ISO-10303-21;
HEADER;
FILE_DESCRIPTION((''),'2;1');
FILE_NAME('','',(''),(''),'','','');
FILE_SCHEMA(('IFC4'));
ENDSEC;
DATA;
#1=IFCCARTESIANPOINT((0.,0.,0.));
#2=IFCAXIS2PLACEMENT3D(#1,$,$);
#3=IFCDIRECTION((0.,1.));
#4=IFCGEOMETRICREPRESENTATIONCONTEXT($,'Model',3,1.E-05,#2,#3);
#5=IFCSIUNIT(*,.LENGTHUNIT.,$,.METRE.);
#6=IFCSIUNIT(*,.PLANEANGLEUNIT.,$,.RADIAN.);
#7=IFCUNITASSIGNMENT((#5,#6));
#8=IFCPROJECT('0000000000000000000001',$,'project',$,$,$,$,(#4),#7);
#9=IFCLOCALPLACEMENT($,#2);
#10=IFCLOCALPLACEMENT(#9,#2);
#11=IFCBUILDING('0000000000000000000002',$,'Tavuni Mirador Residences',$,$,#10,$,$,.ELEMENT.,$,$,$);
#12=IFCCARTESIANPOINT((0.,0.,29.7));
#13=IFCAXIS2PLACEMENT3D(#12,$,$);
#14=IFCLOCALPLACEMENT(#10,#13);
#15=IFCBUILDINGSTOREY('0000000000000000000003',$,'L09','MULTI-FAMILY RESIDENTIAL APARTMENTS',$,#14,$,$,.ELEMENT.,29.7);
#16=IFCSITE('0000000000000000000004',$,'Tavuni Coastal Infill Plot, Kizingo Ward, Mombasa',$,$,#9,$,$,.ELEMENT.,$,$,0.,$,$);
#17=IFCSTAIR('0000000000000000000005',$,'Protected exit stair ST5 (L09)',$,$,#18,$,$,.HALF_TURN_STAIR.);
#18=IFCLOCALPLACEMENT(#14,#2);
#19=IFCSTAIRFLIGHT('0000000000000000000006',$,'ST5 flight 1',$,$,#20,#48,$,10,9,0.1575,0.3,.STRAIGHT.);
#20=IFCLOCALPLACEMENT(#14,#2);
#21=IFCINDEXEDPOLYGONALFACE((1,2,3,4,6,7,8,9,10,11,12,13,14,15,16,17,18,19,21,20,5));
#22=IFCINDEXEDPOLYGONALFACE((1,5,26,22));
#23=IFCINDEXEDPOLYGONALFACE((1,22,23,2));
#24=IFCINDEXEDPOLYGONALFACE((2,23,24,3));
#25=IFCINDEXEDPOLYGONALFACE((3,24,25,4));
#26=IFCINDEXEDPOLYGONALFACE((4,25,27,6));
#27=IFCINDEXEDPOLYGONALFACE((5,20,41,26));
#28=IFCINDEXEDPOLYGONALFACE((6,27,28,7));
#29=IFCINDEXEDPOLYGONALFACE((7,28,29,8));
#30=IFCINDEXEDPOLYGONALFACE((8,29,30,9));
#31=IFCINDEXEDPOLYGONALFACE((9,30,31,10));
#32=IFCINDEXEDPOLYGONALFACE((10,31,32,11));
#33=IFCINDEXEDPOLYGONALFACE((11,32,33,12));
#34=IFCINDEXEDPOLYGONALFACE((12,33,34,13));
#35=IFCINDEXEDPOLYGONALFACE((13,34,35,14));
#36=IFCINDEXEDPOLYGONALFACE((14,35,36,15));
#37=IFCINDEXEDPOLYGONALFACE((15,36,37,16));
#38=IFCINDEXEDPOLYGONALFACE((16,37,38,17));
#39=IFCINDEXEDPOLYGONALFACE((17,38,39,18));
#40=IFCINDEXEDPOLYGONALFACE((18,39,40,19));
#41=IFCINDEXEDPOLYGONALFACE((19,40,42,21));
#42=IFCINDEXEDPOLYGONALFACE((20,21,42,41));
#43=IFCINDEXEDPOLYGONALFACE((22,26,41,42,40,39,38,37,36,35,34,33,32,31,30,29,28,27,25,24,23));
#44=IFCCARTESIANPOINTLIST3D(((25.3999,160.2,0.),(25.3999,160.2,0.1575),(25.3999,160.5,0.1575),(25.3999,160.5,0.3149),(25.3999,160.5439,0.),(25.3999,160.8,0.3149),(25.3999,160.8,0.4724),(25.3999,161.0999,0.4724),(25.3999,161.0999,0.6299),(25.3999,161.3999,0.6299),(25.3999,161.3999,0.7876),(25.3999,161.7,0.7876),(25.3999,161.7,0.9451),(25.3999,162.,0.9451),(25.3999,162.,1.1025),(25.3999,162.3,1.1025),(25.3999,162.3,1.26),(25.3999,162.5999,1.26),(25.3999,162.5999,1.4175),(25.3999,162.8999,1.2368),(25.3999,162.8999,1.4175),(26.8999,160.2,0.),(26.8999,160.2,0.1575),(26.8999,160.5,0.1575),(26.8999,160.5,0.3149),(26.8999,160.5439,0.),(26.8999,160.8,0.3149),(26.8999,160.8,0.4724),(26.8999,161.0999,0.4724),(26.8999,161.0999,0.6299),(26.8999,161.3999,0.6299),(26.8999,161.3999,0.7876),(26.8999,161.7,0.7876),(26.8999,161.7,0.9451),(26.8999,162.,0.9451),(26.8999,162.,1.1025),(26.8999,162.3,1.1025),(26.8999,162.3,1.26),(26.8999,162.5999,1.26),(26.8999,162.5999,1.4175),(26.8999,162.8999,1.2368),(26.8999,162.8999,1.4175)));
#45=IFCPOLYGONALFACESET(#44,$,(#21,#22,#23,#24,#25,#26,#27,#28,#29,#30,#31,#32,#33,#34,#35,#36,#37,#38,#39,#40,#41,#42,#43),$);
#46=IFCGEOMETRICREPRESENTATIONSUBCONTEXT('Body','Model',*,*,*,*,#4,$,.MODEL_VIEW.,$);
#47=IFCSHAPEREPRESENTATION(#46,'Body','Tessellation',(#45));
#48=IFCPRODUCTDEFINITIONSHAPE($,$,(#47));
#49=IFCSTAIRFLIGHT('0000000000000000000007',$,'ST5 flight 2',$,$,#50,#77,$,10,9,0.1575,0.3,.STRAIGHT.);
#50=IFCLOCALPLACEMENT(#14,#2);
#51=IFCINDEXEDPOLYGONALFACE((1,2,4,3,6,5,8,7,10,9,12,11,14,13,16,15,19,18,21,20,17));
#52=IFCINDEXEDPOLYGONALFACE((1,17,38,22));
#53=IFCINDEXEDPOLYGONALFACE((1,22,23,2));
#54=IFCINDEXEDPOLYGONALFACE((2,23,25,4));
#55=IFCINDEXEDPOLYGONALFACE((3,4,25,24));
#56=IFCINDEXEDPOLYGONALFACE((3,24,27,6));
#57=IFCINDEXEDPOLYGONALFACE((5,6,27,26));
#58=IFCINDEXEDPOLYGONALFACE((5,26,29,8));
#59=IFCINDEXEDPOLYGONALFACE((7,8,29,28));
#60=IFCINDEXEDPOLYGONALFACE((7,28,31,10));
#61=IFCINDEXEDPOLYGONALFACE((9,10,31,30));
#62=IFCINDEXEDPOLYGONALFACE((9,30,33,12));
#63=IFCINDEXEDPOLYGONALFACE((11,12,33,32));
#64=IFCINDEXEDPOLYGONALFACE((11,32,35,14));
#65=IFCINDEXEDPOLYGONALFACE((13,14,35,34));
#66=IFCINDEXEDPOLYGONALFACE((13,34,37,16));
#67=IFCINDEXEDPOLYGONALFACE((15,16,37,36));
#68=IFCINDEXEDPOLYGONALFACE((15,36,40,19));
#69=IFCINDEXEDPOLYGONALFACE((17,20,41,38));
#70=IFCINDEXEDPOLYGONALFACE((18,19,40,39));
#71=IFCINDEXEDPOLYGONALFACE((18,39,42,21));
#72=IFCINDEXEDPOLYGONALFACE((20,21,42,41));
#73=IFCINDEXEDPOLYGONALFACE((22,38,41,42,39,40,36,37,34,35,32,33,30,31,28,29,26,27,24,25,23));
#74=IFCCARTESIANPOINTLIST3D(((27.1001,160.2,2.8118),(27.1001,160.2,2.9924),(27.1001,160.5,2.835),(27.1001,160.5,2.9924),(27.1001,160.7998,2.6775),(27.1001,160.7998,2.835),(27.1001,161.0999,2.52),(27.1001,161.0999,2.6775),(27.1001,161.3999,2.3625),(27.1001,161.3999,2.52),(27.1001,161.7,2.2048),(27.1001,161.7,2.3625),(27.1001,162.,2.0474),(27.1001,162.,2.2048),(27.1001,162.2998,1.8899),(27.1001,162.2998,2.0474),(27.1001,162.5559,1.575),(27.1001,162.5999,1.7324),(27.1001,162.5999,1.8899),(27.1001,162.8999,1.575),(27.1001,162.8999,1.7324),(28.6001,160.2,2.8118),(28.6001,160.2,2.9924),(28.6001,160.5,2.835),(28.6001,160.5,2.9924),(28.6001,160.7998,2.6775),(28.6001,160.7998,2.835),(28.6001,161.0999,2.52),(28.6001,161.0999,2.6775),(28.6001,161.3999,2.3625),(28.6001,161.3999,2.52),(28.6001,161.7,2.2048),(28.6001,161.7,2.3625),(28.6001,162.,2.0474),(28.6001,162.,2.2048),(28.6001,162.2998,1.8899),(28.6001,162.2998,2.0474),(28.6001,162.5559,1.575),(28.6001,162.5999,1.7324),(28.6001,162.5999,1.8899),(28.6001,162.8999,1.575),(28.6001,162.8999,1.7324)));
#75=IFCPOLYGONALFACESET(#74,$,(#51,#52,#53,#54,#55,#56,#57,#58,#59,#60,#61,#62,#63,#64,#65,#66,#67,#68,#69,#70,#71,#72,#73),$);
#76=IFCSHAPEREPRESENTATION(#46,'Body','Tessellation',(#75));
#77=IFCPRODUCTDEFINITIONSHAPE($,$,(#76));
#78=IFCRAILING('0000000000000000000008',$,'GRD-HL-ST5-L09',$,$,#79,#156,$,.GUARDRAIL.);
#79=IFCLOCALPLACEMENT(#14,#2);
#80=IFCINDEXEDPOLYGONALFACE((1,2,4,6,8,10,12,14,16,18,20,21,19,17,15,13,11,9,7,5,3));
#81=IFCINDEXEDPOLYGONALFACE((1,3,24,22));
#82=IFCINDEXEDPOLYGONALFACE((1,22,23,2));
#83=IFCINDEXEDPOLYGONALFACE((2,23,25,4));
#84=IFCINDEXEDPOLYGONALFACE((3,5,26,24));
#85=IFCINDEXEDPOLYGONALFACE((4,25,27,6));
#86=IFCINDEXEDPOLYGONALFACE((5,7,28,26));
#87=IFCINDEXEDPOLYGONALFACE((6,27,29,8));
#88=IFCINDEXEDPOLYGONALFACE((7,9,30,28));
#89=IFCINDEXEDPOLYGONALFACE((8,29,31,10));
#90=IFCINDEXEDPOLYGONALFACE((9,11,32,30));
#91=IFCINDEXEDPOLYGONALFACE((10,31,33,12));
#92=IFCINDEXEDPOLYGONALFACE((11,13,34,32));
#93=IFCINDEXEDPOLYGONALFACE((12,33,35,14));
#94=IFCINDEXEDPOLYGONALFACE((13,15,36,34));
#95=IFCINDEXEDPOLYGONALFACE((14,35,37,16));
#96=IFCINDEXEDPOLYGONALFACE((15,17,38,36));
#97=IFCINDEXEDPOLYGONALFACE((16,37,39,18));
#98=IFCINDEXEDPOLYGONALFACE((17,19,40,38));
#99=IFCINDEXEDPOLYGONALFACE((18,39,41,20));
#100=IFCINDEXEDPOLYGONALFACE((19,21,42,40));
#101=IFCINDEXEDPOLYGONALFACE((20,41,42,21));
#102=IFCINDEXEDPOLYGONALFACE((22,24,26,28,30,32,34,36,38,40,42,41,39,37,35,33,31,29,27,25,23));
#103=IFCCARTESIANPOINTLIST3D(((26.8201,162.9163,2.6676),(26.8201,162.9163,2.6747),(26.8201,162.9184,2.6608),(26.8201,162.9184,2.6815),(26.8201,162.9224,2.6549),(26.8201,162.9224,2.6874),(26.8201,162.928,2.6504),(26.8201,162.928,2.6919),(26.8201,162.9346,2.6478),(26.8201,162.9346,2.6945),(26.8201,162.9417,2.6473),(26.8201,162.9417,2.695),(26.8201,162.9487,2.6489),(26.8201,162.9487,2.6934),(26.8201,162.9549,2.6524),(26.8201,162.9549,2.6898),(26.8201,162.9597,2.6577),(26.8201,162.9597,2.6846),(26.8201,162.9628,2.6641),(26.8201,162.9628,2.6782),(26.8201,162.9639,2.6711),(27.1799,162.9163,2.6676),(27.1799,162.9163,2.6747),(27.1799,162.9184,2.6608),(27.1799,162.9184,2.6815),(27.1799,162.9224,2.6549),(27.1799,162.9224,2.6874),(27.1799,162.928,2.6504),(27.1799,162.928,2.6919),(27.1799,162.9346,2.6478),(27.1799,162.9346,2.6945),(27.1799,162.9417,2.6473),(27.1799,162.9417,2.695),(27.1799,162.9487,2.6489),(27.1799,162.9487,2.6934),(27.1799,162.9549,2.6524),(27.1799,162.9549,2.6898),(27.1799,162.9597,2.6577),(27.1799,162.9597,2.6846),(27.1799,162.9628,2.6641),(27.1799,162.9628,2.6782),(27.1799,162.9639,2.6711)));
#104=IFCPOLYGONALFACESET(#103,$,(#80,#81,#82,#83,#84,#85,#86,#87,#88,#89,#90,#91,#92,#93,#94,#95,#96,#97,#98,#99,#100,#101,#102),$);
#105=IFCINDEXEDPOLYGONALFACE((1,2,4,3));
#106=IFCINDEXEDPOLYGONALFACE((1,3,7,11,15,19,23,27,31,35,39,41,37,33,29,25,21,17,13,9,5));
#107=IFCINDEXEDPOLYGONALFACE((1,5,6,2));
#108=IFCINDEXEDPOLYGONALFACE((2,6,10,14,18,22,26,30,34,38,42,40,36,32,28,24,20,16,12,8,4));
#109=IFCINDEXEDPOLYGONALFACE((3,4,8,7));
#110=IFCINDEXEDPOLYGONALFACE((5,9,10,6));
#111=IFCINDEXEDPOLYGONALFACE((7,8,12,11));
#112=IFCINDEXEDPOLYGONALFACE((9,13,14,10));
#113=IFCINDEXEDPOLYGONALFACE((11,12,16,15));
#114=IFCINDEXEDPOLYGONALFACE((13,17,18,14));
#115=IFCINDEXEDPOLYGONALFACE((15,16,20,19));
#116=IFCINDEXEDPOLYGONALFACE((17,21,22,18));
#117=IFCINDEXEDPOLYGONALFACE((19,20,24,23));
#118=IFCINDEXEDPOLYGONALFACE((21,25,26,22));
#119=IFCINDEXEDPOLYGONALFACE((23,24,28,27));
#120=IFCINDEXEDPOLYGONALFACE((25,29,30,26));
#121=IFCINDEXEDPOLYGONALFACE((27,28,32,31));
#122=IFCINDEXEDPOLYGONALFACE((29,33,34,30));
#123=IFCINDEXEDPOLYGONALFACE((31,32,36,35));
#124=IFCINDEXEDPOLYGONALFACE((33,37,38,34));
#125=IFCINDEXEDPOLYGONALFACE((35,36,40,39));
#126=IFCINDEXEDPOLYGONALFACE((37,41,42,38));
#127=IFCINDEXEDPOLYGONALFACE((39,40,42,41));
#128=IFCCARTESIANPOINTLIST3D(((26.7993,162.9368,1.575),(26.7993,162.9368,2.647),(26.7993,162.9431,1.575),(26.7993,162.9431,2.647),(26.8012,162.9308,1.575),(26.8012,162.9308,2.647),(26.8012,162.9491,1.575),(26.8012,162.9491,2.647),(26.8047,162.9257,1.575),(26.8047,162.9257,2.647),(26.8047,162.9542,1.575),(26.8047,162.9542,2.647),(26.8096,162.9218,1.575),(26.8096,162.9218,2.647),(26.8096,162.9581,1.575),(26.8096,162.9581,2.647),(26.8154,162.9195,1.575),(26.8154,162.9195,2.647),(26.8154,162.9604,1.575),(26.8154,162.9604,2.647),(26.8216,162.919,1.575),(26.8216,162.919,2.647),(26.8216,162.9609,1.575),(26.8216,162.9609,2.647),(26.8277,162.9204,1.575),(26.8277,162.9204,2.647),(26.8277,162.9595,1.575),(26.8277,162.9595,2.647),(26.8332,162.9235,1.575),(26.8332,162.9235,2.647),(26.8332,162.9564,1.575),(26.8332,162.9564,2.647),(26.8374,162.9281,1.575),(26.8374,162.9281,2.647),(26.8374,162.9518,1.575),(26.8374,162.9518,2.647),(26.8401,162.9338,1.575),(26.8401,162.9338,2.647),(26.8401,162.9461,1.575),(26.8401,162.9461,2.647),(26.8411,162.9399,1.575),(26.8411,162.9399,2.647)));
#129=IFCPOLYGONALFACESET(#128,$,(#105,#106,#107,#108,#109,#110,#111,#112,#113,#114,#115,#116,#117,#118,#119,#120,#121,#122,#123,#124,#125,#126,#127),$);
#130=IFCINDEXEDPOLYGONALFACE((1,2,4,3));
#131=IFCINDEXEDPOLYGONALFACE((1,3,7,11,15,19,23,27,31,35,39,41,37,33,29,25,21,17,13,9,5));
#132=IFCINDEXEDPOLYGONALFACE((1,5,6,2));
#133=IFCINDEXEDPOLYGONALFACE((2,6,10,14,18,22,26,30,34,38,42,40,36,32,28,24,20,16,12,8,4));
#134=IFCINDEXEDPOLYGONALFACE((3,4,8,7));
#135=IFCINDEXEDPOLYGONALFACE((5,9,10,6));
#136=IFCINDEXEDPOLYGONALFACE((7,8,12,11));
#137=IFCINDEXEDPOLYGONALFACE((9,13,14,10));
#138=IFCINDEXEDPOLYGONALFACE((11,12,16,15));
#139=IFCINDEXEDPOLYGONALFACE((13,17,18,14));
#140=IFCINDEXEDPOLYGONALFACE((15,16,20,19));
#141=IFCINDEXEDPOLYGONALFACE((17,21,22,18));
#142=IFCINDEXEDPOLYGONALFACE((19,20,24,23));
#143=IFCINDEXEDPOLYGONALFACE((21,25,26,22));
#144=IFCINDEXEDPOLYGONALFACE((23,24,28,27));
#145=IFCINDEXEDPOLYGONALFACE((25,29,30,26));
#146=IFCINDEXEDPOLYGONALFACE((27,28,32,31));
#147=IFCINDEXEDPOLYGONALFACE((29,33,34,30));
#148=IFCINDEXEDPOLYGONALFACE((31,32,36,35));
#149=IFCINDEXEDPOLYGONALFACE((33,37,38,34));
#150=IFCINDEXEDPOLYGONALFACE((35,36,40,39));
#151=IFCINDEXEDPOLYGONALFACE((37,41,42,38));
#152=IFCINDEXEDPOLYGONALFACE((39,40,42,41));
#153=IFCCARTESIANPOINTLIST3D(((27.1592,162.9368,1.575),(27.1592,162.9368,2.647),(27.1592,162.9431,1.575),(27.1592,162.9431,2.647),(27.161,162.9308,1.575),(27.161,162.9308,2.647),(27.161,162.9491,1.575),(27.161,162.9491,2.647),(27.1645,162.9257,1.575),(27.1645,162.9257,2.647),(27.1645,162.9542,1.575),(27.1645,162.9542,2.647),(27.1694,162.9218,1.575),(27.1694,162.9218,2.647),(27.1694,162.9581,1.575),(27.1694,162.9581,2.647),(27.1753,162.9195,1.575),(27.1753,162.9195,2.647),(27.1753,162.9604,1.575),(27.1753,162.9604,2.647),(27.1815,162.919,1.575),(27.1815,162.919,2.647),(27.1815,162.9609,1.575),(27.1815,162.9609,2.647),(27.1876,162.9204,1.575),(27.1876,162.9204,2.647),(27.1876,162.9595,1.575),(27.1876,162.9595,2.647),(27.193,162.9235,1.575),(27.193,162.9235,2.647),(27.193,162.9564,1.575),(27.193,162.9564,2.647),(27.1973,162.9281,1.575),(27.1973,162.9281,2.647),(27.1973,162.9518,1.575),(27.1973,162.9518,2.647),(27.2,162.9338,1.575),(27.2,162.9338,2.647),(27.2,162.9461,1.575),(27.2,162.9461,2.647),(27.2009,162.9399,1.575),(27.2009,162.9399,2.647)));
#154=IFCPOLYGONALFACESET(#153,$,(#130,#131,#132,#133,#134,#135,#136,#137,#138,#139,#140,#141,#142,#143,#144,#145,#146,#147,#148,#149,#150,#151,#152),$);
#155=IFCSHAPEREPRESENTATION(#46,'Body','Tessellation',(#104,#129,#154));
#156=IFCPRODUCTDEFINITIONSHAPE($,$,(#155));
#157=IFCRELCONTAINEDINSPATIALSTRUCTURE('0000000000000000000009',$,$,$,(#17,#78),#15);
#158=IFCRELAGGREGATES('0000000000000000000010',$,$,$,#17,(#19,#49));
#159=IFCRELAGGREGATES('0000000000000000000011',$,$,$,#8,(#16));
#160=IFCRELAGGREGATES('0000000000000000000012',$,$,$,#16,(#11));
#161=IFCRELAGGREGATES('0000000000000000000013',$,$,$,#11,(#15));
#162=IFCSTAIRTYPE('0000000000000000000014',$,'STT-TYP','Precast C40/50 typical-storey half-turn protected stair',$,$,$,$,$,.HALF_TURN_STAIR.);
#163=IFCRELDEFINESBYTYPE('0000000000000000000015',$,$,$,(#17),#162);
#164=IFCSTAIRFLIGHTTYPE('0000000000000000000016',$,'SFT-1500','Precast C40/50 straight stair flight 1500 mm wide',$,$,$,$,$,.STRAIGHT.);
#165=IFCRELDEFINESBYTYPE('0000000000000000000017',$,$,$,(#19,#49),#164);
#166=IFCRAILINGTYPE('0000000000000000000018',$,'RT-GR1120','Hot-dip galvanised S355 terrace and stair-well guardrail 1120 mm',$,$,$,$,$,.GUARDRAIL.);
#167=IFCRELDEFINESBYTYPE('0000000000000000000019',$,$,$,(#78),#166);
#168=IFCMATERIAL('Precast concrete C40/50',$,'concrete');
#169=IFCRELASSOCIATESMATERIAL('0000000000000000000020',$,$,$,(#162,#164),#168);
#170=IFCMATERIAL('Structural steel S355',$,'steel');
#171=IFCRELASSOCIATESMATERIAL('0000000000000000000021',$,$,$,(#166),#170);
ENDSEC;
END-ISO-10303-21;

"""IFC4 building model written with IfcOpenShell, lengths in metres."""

from ifc_helpers import new_model, si_unit, direction, frame, origin, origin_2d, place, context, subcontext, project, spatial, polyline, circle, outline, extrude, material, type_object, element, aggregate, save


model = new_model("IFC4")

# Units and contexts
model_context = context("Model", 3, precision=1e-05, world=origin(), true_north=direction((0.0, 1.0)))
body_context = subcontext(model_context, "Body", "Model", "MODEL_VIEW")
ifc_project = project(units=[si_unit("LENGTHUNIT", "METRE"), si_unit("PLANEANGLEUNIT", "RADIAN")], contexts=[model_context])

# Site, building, storey
site_placement = place(None, origin())
site = spatial("IfcSite", under=ifc_project, at=site_placement, Name="Tavuni Coastal Infill Plot, Kizingo Ward, Mombasa", CompositionType="ELEMENT", RefElevation=0.0)
building_placement = place(site_placement, origin())
building = spatial("IfcBuilding", under=site, at=building_placement, Name="Tavuni Mirador Residences", CompositionType="ELEMENT")
storey_placement = place(building_placement, frame((0.0, 0.0, 29.7)))
storey = spatial("IfcBuildingStorey", under=building, at=storey_placement, Name="L09", Description="MULTI-FAMILY RESIDENTIAL APARTMENTS", CompositionType="ELEMENT", Elevation=29.7)

# Shared definitions
ifc_material_1 = material(Name="Precast concrete C40/50", Category="concrete")

# Shared definitions
ifc_material_2 = material(Name="Structural steel S355", Category="steel")

# Stair, stair flights
stair_type = type_object("IfcStairType", Name="STT-TYP", Description="Precast C40/50 typical-storey half-turn protected stair", PredefinedType="HALF_TURN_STAIR", material=ifc_material_1)
stair_placement = place(storey_placement, origin())
stair = element("IfcStair", 1, at=stair_placement, inside=storey, type_object=stair_type, Name="Protected exit stair ST5 (L09)", PredefinedType="HALF_TURN_STAIR")
stair_flight_type = type_object("IfcStairFlightType", Name="SFT-1500", Description="Precast C40/50 straight stair flight 1500 mm wide", PredefinedType="STRAIGHT", material=ifc_material_1)
stair_flight_1_placement = place(storey_placement, frame((26.1499, 160.2, 0.0), z_axis=(0.0, 0.0, 1.0), x_axis=(0.0, 1.0, 0.0)))
stair_flight_1 = element("IfcStairFlight", 2, at=stair_flight_1_placement, type_object=stair_flight_type, Name="ST5 flight 1", NumberOfRisers=10, NumberOfTreads=9, PredefinedType="STRAIGHT", RiserHeight=0.1575, TreadLength=0.3, context=body_context, shape_type="SweptSolid", body=[
    extrude(outline(polyline([(0.0, 0.0), (0.0, 0.1575), (0.3, 0.1575), (0.3, 0.3149), (0.6001, 0.3149), (0.6001, 0.4724), (0.8999, 0.4724), (0.8999, 0.6299), (1.2, 0.6299), (1.2, 0.7876), (1.5, 0.7876), (1.5, 0.9451), (1.8, 0.9451), (1.8, 1.1025), (2.1001, 1.1025), (2.1001, 1.26), (2.3999, 1.26), (2.3999, 1.4175), (2.7, 1.4175), (2.7, 1.575), (2.7, 1.2368), (0.344, 0.0), (0.0, 0.0)])), frame((0.0, 0.75, 0.0), z_axis=(0.0, -1.0, 0.0), x_axis=(1.0, 0.0, 0.0)), (0.0, 0.0, 1.0), 1.5),
])
stair_flight_2_placement = place(storey_placement, frame((27.8501, 162.8999, 1.575), z_axis=(0.0, 0.0, 1.0), x_axis=(0.0, -1.0, 0.0)))
stair_flight_2 = element("IfcStairFlight", 3, at=stair_flight_2_placement, type_object=stair_flight_type, Name="ST5 flight 2", NumberOfRisers=10, NumberOfTreads=9, PredefinedType="STRAIGHT", RiserHeight=0.1575, TreadLength=0.3, context=body_context, shape_type="SweptSolid", body=[
    extrude(outline(polyline([(0.0, 0.0), (0.0, 0.1575), (0.3, 0.1575), (0.3, 0.3149), (0.6001, 0.3149), (0.6001, 0.4724), (0.8999, 0.4724), (0.8999, 0.6299), (1.2, 0.6299), (1.2, 0.7876), (1.5, 0.7876), (1.5, 0.9451), (1.8, 0.9451), (1.8, 1.1025), (2.1001, 1.1025), (2.1001, 1.26), (2.3999, 1.26), (2.3999, 1.4175), (2.7, 1.4175), (2.7, 1.575), (2.7, 1.2368), (0.344, 0.0), (0.0, 0.0)])), frame((0.0, 0.75, 0.0), z_axis=(0.0, -1.0, 0.0), x_axis=(1.0, 0.0, 0.0)), (0.0, 0.0, 1.0), 1.5),
])
aggregate(stair, [stair_flight_1, stair_flight_2])

# Railing
railing_type_1 = type_object("IfcRailingType", Name="RT-GR1120", Description="Hot-dip galvanised S355 terrace and stair-well guardrail 1120 mm", PredefinedType="GUARDRAIL", material=ifc_material_2)
railing_1_placement = place(storey_placement, frame((26.8201, 162.9399, 1.575)))
element("IfcRailing", 4, at=railing_1_placement, inside=storey, type_object=railing_type_1, Name="GRD-HL-ST5-L09", PredefinedType="GUARDRAIL", context=body_context, shape_type="SweptSolid", body=[
    extrude(circle(Radius=0.0239, at=origin_2d()), frame((0.0, 0.0, 1.0962), z_axis=(1.0, 0.0, 0.0), x_axis=(0.0, 1.0, 0.0)), (0.0, 0.0, 1.0), 0.3599),
    extrude(circle(Radius=0.021, at=origin_2d()), origin(), (0.0, 0.0, 1.0), 1.072),
    extrude(circle(Radius=0.021, at=origin_2d()), frame((0.3599, 0.0, 0.0)), (0.0, 0.0, 1.0), 1.072),
])

save(model, "model.ifc")
